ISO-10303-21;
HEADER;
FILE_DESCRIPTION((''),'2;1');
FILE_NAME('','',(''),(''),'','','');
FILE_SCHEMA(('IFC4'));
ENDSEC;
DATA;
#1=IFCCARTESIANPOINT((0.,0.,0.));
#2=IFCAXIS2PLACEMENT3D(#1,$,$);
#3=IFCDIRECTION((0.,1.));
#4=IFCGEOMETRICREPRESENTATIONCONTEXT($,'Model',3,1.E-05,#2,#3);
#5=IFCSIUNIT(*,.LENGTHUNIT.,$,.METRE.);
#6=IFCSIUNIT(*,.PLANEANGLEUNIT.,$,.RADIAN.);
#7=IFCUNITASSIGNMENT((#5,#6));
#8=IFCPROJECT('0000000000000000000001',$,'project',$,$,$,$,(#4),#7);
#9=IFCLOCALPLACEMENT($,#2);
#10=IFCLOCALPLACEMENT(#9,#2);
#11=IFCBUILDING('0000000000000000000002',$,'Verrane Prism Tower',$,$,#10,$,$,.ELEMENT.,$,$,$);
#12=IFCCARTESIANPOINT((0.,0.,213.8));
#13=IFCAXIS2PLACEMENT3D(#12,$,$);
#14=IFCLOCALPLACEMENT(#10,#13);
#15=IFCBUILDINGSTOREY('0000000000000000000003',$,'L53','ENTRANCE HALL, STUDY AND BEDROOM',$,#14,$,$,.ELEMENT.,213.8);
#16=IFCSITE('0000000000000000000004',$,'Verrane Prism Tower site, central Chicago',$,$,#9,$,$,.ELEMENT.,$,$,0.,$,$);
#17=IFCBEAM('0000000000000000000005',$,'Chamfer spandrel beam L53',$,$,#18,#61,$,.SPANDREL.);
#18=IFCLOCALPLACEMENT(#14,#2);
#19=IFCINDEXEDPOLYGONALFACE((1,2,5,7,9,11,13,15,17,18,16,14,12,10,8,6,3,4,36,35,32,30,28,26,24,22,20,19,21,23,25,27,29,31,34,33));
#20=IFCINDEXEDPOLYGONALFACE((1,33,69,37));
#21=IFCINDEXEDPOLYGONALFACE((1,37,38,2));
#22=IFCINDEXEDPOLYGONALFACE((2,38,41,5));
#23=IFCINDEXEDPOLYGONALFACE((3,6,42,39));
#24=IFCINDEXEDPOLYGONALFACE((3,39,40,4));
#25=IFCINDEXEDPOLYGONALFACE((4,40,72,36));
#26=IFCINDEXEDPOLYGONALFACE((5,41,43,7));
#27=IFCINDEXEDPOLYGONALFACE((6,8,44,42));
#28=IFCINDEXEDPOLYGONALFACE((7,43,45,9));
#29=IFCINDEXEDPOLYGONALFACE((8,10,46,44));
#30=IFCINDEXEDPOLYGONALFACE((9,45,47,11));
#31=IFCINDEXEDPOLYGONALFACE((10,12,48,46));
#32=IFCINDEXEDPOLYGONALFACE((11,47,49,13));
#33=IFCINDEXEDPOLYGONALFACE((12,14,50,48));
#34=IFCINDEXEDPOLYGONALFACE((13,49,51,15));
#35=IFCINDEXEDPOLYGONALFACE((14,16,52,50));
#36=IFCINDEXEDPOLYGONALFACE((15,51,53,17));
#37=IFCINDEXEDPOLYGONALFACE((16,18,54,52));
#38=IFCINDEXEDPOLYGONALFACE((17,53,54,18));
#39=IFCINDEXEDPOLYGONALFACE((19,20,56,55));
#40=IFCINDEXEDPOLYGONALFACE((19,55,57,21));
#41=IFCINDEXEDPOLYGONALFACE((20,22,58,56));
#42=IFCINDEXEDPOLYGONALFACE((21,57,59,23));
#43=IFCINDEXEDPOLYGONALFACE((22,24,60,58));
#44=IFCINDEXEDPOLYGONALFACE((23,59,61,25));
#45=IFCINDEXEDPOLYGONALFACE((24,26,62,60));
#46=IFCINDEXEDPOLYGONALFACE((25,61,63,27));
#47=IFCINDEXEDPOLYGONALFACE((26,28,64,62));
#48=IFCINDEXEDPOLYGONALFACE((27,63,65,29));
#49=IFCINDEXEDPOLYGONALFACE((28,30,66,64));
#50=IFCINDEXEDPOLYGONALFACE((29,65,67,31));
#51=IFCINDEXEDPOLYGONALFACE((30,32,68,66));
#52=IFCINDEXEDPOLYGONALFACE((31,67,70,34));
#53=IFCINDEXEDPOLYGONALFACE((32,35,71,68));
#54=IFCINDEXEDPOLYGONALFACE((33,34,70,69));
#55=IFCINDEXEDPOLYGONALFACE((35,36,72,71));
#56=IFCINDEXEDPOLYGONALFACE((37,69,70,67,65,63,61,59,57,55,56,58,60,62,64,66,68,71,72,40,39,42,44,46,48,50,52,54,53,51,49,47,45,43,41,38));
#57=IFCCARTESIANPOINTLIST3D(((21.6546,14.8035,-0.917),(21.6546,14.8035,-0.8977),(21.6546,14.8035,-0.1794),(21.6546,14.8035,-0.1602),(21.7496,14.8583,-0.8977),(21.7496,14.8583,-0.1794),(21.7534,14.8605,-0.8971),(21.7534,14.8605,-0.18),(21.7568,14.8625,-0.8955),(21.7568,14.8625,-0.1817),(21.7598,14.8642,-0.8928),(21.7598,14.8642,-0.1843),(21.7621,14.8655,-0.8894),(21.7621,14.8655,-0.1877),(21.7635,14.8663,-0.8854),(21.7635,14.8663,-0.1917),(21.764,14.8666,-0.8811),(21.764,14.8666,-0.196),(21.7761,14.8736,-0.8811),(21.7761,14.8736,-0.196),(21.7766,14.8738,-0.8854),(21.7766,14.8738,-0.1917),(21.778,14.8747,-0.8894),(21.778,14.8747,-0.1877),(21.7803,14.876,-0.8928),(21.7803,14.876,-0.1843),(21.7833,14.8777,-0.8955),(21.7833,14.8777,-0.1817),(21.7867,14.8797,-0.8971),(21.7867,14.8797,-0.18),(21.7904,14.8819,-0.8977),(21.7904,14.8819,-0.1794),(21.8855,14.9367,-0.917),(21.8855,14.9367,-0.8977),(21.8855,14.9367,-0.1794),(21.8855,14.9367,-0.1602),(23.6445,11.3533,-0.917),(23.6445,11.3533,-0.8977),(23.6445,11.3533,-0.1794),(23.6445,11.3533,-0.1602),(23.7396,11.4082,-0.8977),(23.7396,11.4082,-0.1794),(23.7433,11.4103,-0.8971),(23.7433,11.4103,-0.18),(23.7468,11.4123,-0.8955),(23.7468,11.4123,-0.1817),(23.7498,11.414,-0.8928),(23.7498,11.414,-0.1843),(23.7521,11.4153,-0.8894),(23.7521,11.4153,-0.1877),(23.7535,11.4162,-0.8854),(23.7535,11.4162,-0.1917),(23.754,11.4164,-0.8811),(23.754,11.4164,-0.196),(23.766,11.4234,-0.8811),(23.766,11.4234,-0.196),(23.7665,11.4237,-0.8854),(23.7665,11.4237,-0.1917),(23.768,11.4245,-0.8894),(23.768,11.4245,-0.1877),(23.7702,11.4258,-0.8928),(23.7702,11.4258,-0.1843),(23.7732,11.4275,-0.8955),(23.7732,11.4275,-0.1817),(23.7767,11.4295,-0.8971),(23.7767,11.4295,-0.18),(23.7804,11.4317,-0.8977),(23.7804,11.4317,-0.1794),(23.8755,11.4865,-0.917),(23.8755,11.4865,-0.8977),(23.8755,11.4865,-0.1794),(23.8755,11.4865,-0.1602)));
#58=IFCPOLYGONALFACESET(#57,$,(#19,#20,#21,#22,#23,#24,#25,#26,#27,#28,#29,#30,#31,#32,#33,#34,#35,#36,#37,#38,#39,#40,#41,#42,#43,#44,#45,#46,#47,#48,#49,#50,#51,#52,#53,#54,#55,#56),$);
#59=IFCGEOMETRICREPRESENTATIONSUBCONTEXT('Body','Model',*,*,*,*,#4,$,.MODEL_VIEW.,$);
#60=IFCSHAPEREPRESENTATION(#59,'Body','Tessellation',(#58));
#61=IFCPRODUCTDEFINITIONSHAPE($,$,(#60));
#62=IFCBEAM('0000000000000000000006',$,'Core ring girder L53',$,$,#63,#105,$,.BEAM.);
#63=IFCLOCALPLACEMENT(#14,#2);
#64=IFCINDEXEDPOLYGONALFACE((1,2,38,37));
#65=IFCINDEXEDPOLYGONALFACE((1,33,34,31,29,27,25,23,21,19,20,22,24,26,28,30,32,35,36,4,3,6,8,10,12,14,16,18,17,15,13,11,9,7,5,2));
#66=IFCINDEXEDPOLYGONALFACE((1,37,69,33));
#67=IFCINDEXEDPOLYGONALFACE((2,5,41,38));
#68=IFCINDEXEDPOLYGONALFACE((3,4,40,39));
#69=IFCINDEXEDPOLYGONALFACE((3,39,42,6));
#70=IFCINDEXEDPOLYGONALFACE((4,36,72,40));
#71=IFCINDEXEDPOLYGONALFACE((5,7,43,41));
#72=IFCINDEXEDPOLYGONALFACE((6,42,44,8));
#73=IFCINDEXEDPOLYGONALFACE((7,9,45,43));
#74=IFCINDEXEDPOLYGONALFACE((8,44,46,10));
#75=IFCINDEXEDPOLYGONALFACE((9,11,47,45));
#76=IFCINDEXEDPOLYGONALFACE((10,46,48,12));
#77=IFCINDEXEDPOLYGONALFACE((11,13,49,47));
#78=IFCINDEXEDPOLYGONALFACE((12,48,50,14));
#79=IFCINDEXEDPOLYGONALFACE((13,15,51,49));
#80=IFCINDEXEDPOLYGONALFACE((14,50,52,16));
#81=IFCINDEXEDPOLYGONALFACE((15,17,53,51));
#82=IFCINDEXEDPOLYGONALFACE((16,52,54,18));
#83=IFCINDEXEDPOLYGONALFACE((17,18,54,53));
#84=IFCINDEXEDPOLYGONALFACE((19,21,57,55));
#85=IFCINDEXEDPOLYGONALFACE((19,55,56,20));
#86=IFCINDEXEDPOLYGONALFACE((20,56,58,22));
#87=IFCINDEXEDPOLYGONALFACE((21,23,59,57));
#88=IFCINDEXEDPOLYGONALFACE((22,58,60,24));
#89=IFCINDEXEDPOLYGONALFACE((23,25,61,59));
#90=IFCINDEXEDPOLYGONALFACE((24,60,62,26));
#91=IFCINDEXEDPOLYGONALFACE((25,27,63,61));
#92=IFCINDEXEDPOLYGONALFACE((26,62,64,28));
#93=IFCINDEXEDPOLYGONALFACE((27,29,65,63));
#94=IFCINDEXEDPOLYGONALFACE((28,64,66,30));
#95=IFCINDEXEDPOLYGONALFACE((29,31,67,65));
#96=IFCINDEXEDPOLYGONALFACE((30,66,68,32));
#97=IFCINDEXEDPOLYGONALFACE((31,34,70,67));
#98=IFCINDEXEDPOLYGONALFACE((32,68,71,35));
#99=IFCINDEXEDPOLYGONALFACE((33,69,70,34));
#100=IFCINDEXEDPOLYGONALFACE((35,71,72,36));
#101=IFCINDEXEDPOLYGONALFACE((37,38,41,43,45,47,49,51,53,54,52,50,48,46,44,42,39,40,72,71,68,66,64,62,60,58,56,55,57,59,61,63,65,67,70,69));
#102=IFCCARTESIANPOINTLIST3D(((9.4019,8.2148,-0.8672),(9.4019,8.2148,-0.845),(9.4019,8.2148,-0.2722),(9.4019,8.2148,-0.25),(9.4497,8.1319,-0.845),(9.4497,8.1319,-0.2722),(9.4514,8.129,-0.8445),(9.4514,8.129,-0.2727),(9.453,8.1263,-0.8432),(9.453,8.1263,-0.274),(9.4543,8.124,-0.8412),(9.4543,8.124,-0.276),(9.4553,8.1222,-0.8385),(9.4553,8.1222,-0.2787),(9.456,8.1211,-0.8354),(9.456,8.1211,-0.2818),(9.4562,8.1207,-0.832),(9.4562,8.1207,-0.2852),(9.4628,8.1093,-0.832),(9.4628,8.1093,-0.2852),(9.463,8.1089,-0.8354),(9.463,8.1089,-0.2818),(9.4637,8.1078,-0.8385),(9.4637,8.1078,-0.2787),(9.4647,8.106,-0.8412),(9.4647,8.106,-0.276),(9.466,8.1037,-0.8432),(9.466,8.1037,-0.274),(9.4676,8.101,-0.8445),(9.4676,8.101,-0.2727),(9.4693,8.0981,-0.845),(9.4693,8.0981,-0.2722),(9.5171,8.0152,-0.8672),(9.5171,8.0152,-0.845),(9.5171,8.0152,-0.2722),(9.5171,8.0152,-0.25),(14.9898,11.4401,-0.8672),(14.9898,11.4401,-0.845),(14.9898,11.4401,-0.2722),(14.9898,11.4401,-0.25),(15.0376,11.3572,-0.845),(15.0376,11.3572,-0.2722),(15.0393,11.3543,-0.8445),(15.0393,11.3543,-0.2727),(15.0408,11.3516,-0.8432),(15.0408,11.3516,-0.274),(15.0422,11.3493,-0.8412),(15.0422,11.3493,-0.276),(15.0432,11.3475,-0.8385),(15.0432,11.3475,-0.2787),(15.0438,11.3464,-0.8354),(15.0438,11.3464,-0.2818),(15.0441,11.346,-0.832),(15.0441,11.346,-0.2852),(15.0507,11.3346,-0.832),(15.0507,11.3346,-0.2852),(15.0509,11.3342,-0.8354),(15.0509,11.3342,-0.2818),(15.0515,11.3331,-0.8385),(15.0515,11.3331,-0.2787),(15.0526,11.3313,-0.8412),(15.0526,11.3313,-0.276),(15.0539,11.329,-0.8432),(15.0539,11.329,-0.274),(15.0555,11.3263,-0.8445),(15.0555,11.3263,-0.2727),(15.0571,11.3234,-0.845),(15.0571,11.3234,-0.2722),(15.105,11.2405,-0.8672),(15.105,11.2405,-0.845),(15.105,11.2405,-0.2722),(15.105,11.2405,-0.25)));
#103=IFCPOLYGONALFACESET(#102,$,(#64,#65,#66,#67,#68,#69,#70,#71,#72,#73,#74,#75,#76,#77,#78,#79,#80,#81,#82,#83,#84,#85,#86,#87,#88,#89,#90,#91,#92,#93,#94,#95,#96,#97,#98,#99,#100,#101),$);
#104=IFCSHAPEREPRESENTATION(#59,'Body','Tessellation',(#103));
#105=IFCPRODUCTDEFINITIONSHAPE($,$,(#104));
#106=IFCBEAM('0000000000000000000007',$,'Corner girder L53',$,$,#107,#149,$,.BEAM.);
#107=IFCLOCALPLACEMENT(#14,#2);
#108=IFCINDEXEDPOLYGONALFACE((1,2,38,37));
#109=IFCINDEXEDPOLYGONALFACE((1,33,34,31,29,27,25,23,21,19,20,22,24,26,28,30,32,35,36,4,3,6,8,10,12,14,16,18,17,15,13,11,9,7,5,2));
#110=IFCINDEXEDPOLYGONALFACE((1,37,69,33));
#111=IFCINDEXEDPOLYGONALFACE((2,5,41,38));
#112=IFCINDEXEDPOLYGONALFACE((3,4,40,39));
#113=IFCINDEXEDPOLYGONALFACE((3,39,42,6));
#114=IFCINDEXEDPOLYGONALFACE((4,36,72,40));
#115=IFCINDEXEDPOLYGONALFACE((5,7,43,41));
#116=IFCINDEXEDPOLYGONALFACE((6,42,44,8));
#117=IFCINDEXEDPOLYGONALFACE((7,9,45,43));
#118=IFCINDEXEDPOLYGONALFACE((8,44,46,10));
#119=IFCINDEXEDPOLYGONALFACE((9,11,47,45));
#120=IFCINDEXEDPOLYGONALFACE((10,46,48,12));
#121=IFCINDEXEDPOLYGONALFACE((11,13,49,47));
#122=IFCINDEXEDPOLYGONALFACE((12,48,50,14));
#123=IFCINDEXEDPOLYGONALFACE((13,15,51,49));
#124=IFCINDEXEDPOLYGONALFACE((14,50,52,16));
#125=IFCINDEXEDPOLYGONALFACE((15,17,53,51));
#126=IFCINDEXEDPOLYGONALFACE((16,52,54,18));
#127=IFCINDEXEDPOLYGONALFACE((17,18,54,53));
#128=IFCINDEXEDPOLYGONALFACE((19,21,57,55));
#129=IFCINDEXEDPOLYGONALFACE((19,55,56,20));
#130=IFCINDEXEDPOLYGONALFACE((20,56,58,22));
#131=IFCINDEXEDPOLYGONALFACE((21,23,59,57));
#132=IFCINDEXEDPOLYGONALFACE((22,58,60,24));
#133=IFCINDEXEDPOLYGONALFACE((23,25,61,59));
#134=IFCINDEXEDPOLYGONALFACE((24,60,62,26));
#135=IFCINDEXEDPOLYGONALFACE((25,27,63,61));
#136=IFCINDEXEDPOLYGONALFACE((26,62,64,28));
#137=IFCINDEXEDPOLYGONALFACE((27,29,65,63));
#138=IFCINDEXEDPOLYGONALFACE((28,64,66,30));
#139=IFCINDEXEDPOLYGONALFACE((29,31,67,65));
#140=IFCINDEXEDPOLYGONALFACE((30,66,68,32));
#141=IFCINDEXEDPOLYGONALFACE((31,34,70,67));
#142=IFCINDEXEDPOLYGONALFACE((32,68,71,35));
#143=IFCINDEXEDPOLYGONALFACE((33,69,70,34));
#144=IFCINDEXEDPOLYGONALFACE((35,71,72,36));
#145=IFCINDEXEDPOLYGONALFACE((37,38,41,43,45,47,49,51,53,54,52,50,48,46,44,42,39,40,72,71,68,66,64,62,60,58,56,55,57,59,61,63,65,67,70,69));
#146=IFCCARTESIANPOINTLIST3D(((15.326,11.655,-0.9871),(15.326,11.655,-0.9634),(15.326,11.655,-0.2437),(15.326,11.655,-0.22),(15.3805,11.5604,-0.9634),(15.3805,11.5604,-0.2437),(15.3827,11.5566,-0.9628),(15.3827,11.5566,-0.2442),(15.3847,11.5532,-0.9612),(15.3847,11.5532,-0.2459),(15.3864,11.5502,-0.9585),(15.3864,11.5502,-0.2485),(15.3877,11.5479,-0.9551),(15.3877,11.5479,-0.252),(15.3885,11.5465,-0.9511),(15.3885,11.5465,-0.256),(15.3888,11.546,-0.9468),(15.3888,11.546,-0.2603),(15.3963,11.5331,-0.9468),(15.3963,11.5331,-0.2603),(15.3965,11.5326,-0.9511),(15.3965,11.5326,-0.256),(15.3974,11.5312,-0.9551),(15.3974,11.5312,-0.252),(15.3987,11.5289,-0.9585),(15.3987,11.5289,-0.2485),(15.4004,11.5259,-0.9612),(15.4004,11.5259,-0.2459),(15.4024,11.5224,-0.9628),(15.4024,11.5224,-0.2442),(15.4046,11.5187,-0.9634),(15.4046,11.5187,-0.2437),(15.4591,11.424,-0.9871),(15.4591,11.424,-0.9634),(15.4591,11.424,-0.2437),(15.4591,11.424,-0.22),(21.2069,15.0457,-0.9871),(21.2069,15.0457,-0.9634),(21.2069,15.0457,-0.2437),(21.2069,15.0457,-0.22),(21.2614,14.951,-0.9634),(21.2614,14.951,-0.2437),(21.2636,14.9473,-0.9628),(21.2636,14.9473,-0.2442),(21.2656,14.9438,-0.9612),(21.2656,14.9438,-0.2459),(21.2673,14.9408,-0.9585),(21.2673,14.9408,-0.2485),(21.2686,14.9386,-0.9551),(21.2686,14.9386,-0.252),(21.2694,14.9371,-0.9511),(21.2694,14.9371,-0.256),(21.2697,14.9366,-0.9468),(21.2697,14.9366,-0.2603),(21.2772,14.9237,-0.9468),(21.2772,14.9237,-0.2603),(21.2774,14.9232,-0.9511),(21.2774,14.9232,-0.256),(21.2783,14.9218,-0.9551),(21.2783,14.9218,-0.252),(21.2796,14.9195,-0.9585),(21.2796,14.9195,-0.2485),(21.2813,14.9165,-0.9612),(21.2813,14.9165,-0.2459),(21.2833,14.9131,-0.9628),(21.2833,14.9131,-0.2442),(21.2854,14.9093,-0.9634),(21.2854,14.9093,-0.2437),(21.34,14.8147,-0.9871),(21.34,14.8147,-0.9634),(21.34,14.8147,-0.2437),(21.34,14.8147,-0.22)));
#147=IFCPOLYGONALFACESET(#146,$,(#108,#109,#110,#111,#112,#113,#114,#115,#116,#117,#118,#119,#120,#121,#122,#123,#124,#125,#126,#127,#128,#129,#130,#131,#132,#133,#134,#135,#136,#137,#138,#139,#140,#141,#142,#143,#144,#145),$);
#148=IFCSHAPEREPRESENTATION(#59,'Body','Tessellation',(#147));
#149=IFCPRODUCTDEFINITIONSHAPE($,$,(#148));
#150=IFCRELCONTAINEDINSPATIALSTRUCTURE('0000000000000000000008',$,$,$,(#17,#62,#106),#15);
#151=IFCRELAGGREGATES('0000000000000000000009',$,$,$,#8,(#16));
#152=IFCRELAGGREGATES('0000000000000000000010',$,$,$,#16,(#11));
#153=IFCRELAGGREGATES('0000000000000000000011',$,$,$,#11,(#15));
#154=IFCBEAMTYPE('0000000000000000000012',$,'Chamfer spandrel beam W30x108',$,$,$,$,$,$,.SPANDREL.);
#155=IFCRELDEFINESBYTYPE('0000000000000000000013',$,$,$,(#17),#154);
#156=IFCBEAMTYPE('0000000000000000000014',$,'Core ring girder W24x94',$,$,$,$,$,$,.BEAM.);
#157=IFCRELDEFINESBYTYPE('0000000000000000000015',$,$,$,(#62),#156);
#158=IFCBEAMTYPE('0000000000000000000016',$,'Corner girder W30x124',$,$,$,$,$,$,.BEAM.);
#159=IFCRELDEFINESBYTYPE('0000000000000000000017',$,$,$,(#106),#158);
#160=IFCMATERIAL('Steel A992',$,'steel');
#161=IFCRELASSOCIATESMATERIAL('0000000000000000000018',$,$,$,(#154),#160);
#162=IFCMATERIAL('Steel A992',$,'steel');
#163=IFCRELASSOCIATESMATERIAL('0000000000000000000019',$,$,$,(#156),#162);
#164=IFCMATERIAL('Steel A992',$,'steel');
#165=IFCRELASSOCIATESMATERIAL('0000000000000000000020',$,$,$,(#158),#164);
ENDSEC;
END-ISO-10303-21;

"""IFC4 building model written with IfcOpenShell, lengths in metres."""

from ifc_helpers import new_model, si_unit, direction, frame, origin, origin_2d, place, context, subcontext, project, spatial, i_section, extrude, material, material_profile, profile_set, type_object, element, save


model = new_model("IFC4")

# Units and contexts
model_context = context("Model", 3, precision=1e-05, world=origin(), true_north=direction((0.0, 1.0)))
body_context = subcontext(model_context, "Body", "Model", "MODEL_VIEW")
ifc_project = project(units=[si_unit("LENGTHUNIT", "METRE"), si_unit("PLANEANGLEUNIT", "RADIAN")], contexts=[model_context])

# Site, building, storey
site_placement = place(None, origin())
site = spatial("IfcSite", under=ifc_project, at=site_placement, Name="Verrane Prism Tower site, central Chicago", CompositionType="ELEMENT", RefElevation=0.0)
building_placement = place(site_placement, origin())
building = spatial("IfcBuilding", under=site, at=building_placement, Name="Verrane Prism Tower", CompositionType="ELEMENT")
storey_placement = place(building_placement, frame((0.0, 0.0, 213.8)))
storey = spatial("IfcBuildingStorey", under=building, at=storey_placement, Name="L53", Description="ENTRANCE HALL, STUDY AND BEDROOM", CompositionType="ELEMENT", Elevation=213.8)

# Beams
ifc_material_1 = material(Name="Steel A992", Category="steel")
ifc_material_profile_1 = material_profile(ifc_material_1, i_section(OverallWidth=0.2666, OverallDepth=0.7568, WebThickness=0.0139, FlangeThickness=0.0193, FilletRadius=0.0166, at=origin_2d()), Name="W30x108")
ifc_profile_set_1 = profile_set([ifc_material_profile_1], Name="Steel A992")
beam_type_1 = type_object("IfcBeamType", Name="Chamfer spandrel beam W30x108", PredefinedType="SPANDREL", material=ifc_profile_set_1)
beam_1_placement = place(storey_placement, frame((23.76, 11.4199, -0.5386), z_axis=(-0.499627, 0.866241, 0.0), x_axis=(-0.866241, -0.499627, 0.0)))
element("IfcBeam", 1, at=beam_1_placement, inside=storey, type_object=beam_type_1, Name="Chamfer spandrel beam L53", PredefinedType="SPANDREL", context=body_context, shape_type="SweptSolid", body=[
    extrude(i_section(OverallWidth=0.2666, OverallDepth=0.7568, WebThickness=0.0139, FlangeThickness=0.0193, FilletRadius=0.0166, at=origin_2d()), origin(), (0.0, 0.0, 1.0), 3.9829),
])
ifc_material_2 = material(Name="Steel A992", Category="steel")
ifc_material_profile_2 = material_profile(ifc_material_2, i_section(OverallWidth=0.2305, OverallDepth=0.6172, WebThickness=0.0132, FlangeThickness=0.0222, FilletRadius=0.0129, at=origin_2d()), Name="W24x94")
ifc_profile_set_2 = profile_set([ifc_material_profile_2], Name="Steel A992")
beam_type_2 = type_object("IfcBeamType", Name="Core ring girder W24x94", PredefinedType="BEAM", material=ifc_profile_set_2)
beam_2_placement = place(storey_placement, frame((15.0474, 11.3403, -0.5586), z_axis=(-0.866081, -0.499904, 0.0), x_axis=(0.499904, -0.866081, 0.0)))
element("IfcBeam", 2, at=beam_2_placement, inside=storey, type_object=beam_type_2, Name="Core ring girder L53", PredefinedType="BEAM", context=body_context, shape_type="SweptSolid", body=[
    extrude(i_section(OverallWidth=0.2305, OverallDepth=0.6172, WebThickness=0.0132, FlangeThickness=0.0222, FilletRadius=0.0129, at=origin_2d()), origin(), (0.0, 0.0, 1.0), 6.4519),
])
ifc_material_3 = material(Name="Steel A992", Category="steel")
ifc_material_profile_3 = material_profile(ifc_material_3, i_section(OverallWidth=0.2666, OverallDepth=0.7671, WebThickness=0.0149, FlangeThickness=0.0237, FilletRadius=0.0166, at=origin_2d()), Name="W30x124")
ifc_profile_set_3 = profile_set([ifc_material_profile_3], Name="Steel A992")
beam_type_3 = type_object("IfcBeamType", Name="Corner girder W30x124", PredefinedType="BEAM", material=ifc_profile_set_3)
beam_3_placement = place(storey_placement, frame((21.2734, 14.9302, -0.6035), z_axis=(-0.866324, -0.499482, 0.0), x_axis=(0.499482, -0.866324, 0.0)))
element("IfcBeam", 3, at=beam_3_placement, inside=storey, type_object=beam_type_3, Name="Corner girder L53", PredefinedType="BEAM", context=body_context, shape_type="SweptSolid", body=[
    extrude(i_section(OverallWidth=0.2666, OverallDepth=0.7671, WebThickness=0.0149, FlangeThickness=0.0237, FilletRadius=0.0166, at=origin_2d()), origin(), (0.0, 0.0, 1.0), 6.7883),
])

save(model, "model.ifc")
